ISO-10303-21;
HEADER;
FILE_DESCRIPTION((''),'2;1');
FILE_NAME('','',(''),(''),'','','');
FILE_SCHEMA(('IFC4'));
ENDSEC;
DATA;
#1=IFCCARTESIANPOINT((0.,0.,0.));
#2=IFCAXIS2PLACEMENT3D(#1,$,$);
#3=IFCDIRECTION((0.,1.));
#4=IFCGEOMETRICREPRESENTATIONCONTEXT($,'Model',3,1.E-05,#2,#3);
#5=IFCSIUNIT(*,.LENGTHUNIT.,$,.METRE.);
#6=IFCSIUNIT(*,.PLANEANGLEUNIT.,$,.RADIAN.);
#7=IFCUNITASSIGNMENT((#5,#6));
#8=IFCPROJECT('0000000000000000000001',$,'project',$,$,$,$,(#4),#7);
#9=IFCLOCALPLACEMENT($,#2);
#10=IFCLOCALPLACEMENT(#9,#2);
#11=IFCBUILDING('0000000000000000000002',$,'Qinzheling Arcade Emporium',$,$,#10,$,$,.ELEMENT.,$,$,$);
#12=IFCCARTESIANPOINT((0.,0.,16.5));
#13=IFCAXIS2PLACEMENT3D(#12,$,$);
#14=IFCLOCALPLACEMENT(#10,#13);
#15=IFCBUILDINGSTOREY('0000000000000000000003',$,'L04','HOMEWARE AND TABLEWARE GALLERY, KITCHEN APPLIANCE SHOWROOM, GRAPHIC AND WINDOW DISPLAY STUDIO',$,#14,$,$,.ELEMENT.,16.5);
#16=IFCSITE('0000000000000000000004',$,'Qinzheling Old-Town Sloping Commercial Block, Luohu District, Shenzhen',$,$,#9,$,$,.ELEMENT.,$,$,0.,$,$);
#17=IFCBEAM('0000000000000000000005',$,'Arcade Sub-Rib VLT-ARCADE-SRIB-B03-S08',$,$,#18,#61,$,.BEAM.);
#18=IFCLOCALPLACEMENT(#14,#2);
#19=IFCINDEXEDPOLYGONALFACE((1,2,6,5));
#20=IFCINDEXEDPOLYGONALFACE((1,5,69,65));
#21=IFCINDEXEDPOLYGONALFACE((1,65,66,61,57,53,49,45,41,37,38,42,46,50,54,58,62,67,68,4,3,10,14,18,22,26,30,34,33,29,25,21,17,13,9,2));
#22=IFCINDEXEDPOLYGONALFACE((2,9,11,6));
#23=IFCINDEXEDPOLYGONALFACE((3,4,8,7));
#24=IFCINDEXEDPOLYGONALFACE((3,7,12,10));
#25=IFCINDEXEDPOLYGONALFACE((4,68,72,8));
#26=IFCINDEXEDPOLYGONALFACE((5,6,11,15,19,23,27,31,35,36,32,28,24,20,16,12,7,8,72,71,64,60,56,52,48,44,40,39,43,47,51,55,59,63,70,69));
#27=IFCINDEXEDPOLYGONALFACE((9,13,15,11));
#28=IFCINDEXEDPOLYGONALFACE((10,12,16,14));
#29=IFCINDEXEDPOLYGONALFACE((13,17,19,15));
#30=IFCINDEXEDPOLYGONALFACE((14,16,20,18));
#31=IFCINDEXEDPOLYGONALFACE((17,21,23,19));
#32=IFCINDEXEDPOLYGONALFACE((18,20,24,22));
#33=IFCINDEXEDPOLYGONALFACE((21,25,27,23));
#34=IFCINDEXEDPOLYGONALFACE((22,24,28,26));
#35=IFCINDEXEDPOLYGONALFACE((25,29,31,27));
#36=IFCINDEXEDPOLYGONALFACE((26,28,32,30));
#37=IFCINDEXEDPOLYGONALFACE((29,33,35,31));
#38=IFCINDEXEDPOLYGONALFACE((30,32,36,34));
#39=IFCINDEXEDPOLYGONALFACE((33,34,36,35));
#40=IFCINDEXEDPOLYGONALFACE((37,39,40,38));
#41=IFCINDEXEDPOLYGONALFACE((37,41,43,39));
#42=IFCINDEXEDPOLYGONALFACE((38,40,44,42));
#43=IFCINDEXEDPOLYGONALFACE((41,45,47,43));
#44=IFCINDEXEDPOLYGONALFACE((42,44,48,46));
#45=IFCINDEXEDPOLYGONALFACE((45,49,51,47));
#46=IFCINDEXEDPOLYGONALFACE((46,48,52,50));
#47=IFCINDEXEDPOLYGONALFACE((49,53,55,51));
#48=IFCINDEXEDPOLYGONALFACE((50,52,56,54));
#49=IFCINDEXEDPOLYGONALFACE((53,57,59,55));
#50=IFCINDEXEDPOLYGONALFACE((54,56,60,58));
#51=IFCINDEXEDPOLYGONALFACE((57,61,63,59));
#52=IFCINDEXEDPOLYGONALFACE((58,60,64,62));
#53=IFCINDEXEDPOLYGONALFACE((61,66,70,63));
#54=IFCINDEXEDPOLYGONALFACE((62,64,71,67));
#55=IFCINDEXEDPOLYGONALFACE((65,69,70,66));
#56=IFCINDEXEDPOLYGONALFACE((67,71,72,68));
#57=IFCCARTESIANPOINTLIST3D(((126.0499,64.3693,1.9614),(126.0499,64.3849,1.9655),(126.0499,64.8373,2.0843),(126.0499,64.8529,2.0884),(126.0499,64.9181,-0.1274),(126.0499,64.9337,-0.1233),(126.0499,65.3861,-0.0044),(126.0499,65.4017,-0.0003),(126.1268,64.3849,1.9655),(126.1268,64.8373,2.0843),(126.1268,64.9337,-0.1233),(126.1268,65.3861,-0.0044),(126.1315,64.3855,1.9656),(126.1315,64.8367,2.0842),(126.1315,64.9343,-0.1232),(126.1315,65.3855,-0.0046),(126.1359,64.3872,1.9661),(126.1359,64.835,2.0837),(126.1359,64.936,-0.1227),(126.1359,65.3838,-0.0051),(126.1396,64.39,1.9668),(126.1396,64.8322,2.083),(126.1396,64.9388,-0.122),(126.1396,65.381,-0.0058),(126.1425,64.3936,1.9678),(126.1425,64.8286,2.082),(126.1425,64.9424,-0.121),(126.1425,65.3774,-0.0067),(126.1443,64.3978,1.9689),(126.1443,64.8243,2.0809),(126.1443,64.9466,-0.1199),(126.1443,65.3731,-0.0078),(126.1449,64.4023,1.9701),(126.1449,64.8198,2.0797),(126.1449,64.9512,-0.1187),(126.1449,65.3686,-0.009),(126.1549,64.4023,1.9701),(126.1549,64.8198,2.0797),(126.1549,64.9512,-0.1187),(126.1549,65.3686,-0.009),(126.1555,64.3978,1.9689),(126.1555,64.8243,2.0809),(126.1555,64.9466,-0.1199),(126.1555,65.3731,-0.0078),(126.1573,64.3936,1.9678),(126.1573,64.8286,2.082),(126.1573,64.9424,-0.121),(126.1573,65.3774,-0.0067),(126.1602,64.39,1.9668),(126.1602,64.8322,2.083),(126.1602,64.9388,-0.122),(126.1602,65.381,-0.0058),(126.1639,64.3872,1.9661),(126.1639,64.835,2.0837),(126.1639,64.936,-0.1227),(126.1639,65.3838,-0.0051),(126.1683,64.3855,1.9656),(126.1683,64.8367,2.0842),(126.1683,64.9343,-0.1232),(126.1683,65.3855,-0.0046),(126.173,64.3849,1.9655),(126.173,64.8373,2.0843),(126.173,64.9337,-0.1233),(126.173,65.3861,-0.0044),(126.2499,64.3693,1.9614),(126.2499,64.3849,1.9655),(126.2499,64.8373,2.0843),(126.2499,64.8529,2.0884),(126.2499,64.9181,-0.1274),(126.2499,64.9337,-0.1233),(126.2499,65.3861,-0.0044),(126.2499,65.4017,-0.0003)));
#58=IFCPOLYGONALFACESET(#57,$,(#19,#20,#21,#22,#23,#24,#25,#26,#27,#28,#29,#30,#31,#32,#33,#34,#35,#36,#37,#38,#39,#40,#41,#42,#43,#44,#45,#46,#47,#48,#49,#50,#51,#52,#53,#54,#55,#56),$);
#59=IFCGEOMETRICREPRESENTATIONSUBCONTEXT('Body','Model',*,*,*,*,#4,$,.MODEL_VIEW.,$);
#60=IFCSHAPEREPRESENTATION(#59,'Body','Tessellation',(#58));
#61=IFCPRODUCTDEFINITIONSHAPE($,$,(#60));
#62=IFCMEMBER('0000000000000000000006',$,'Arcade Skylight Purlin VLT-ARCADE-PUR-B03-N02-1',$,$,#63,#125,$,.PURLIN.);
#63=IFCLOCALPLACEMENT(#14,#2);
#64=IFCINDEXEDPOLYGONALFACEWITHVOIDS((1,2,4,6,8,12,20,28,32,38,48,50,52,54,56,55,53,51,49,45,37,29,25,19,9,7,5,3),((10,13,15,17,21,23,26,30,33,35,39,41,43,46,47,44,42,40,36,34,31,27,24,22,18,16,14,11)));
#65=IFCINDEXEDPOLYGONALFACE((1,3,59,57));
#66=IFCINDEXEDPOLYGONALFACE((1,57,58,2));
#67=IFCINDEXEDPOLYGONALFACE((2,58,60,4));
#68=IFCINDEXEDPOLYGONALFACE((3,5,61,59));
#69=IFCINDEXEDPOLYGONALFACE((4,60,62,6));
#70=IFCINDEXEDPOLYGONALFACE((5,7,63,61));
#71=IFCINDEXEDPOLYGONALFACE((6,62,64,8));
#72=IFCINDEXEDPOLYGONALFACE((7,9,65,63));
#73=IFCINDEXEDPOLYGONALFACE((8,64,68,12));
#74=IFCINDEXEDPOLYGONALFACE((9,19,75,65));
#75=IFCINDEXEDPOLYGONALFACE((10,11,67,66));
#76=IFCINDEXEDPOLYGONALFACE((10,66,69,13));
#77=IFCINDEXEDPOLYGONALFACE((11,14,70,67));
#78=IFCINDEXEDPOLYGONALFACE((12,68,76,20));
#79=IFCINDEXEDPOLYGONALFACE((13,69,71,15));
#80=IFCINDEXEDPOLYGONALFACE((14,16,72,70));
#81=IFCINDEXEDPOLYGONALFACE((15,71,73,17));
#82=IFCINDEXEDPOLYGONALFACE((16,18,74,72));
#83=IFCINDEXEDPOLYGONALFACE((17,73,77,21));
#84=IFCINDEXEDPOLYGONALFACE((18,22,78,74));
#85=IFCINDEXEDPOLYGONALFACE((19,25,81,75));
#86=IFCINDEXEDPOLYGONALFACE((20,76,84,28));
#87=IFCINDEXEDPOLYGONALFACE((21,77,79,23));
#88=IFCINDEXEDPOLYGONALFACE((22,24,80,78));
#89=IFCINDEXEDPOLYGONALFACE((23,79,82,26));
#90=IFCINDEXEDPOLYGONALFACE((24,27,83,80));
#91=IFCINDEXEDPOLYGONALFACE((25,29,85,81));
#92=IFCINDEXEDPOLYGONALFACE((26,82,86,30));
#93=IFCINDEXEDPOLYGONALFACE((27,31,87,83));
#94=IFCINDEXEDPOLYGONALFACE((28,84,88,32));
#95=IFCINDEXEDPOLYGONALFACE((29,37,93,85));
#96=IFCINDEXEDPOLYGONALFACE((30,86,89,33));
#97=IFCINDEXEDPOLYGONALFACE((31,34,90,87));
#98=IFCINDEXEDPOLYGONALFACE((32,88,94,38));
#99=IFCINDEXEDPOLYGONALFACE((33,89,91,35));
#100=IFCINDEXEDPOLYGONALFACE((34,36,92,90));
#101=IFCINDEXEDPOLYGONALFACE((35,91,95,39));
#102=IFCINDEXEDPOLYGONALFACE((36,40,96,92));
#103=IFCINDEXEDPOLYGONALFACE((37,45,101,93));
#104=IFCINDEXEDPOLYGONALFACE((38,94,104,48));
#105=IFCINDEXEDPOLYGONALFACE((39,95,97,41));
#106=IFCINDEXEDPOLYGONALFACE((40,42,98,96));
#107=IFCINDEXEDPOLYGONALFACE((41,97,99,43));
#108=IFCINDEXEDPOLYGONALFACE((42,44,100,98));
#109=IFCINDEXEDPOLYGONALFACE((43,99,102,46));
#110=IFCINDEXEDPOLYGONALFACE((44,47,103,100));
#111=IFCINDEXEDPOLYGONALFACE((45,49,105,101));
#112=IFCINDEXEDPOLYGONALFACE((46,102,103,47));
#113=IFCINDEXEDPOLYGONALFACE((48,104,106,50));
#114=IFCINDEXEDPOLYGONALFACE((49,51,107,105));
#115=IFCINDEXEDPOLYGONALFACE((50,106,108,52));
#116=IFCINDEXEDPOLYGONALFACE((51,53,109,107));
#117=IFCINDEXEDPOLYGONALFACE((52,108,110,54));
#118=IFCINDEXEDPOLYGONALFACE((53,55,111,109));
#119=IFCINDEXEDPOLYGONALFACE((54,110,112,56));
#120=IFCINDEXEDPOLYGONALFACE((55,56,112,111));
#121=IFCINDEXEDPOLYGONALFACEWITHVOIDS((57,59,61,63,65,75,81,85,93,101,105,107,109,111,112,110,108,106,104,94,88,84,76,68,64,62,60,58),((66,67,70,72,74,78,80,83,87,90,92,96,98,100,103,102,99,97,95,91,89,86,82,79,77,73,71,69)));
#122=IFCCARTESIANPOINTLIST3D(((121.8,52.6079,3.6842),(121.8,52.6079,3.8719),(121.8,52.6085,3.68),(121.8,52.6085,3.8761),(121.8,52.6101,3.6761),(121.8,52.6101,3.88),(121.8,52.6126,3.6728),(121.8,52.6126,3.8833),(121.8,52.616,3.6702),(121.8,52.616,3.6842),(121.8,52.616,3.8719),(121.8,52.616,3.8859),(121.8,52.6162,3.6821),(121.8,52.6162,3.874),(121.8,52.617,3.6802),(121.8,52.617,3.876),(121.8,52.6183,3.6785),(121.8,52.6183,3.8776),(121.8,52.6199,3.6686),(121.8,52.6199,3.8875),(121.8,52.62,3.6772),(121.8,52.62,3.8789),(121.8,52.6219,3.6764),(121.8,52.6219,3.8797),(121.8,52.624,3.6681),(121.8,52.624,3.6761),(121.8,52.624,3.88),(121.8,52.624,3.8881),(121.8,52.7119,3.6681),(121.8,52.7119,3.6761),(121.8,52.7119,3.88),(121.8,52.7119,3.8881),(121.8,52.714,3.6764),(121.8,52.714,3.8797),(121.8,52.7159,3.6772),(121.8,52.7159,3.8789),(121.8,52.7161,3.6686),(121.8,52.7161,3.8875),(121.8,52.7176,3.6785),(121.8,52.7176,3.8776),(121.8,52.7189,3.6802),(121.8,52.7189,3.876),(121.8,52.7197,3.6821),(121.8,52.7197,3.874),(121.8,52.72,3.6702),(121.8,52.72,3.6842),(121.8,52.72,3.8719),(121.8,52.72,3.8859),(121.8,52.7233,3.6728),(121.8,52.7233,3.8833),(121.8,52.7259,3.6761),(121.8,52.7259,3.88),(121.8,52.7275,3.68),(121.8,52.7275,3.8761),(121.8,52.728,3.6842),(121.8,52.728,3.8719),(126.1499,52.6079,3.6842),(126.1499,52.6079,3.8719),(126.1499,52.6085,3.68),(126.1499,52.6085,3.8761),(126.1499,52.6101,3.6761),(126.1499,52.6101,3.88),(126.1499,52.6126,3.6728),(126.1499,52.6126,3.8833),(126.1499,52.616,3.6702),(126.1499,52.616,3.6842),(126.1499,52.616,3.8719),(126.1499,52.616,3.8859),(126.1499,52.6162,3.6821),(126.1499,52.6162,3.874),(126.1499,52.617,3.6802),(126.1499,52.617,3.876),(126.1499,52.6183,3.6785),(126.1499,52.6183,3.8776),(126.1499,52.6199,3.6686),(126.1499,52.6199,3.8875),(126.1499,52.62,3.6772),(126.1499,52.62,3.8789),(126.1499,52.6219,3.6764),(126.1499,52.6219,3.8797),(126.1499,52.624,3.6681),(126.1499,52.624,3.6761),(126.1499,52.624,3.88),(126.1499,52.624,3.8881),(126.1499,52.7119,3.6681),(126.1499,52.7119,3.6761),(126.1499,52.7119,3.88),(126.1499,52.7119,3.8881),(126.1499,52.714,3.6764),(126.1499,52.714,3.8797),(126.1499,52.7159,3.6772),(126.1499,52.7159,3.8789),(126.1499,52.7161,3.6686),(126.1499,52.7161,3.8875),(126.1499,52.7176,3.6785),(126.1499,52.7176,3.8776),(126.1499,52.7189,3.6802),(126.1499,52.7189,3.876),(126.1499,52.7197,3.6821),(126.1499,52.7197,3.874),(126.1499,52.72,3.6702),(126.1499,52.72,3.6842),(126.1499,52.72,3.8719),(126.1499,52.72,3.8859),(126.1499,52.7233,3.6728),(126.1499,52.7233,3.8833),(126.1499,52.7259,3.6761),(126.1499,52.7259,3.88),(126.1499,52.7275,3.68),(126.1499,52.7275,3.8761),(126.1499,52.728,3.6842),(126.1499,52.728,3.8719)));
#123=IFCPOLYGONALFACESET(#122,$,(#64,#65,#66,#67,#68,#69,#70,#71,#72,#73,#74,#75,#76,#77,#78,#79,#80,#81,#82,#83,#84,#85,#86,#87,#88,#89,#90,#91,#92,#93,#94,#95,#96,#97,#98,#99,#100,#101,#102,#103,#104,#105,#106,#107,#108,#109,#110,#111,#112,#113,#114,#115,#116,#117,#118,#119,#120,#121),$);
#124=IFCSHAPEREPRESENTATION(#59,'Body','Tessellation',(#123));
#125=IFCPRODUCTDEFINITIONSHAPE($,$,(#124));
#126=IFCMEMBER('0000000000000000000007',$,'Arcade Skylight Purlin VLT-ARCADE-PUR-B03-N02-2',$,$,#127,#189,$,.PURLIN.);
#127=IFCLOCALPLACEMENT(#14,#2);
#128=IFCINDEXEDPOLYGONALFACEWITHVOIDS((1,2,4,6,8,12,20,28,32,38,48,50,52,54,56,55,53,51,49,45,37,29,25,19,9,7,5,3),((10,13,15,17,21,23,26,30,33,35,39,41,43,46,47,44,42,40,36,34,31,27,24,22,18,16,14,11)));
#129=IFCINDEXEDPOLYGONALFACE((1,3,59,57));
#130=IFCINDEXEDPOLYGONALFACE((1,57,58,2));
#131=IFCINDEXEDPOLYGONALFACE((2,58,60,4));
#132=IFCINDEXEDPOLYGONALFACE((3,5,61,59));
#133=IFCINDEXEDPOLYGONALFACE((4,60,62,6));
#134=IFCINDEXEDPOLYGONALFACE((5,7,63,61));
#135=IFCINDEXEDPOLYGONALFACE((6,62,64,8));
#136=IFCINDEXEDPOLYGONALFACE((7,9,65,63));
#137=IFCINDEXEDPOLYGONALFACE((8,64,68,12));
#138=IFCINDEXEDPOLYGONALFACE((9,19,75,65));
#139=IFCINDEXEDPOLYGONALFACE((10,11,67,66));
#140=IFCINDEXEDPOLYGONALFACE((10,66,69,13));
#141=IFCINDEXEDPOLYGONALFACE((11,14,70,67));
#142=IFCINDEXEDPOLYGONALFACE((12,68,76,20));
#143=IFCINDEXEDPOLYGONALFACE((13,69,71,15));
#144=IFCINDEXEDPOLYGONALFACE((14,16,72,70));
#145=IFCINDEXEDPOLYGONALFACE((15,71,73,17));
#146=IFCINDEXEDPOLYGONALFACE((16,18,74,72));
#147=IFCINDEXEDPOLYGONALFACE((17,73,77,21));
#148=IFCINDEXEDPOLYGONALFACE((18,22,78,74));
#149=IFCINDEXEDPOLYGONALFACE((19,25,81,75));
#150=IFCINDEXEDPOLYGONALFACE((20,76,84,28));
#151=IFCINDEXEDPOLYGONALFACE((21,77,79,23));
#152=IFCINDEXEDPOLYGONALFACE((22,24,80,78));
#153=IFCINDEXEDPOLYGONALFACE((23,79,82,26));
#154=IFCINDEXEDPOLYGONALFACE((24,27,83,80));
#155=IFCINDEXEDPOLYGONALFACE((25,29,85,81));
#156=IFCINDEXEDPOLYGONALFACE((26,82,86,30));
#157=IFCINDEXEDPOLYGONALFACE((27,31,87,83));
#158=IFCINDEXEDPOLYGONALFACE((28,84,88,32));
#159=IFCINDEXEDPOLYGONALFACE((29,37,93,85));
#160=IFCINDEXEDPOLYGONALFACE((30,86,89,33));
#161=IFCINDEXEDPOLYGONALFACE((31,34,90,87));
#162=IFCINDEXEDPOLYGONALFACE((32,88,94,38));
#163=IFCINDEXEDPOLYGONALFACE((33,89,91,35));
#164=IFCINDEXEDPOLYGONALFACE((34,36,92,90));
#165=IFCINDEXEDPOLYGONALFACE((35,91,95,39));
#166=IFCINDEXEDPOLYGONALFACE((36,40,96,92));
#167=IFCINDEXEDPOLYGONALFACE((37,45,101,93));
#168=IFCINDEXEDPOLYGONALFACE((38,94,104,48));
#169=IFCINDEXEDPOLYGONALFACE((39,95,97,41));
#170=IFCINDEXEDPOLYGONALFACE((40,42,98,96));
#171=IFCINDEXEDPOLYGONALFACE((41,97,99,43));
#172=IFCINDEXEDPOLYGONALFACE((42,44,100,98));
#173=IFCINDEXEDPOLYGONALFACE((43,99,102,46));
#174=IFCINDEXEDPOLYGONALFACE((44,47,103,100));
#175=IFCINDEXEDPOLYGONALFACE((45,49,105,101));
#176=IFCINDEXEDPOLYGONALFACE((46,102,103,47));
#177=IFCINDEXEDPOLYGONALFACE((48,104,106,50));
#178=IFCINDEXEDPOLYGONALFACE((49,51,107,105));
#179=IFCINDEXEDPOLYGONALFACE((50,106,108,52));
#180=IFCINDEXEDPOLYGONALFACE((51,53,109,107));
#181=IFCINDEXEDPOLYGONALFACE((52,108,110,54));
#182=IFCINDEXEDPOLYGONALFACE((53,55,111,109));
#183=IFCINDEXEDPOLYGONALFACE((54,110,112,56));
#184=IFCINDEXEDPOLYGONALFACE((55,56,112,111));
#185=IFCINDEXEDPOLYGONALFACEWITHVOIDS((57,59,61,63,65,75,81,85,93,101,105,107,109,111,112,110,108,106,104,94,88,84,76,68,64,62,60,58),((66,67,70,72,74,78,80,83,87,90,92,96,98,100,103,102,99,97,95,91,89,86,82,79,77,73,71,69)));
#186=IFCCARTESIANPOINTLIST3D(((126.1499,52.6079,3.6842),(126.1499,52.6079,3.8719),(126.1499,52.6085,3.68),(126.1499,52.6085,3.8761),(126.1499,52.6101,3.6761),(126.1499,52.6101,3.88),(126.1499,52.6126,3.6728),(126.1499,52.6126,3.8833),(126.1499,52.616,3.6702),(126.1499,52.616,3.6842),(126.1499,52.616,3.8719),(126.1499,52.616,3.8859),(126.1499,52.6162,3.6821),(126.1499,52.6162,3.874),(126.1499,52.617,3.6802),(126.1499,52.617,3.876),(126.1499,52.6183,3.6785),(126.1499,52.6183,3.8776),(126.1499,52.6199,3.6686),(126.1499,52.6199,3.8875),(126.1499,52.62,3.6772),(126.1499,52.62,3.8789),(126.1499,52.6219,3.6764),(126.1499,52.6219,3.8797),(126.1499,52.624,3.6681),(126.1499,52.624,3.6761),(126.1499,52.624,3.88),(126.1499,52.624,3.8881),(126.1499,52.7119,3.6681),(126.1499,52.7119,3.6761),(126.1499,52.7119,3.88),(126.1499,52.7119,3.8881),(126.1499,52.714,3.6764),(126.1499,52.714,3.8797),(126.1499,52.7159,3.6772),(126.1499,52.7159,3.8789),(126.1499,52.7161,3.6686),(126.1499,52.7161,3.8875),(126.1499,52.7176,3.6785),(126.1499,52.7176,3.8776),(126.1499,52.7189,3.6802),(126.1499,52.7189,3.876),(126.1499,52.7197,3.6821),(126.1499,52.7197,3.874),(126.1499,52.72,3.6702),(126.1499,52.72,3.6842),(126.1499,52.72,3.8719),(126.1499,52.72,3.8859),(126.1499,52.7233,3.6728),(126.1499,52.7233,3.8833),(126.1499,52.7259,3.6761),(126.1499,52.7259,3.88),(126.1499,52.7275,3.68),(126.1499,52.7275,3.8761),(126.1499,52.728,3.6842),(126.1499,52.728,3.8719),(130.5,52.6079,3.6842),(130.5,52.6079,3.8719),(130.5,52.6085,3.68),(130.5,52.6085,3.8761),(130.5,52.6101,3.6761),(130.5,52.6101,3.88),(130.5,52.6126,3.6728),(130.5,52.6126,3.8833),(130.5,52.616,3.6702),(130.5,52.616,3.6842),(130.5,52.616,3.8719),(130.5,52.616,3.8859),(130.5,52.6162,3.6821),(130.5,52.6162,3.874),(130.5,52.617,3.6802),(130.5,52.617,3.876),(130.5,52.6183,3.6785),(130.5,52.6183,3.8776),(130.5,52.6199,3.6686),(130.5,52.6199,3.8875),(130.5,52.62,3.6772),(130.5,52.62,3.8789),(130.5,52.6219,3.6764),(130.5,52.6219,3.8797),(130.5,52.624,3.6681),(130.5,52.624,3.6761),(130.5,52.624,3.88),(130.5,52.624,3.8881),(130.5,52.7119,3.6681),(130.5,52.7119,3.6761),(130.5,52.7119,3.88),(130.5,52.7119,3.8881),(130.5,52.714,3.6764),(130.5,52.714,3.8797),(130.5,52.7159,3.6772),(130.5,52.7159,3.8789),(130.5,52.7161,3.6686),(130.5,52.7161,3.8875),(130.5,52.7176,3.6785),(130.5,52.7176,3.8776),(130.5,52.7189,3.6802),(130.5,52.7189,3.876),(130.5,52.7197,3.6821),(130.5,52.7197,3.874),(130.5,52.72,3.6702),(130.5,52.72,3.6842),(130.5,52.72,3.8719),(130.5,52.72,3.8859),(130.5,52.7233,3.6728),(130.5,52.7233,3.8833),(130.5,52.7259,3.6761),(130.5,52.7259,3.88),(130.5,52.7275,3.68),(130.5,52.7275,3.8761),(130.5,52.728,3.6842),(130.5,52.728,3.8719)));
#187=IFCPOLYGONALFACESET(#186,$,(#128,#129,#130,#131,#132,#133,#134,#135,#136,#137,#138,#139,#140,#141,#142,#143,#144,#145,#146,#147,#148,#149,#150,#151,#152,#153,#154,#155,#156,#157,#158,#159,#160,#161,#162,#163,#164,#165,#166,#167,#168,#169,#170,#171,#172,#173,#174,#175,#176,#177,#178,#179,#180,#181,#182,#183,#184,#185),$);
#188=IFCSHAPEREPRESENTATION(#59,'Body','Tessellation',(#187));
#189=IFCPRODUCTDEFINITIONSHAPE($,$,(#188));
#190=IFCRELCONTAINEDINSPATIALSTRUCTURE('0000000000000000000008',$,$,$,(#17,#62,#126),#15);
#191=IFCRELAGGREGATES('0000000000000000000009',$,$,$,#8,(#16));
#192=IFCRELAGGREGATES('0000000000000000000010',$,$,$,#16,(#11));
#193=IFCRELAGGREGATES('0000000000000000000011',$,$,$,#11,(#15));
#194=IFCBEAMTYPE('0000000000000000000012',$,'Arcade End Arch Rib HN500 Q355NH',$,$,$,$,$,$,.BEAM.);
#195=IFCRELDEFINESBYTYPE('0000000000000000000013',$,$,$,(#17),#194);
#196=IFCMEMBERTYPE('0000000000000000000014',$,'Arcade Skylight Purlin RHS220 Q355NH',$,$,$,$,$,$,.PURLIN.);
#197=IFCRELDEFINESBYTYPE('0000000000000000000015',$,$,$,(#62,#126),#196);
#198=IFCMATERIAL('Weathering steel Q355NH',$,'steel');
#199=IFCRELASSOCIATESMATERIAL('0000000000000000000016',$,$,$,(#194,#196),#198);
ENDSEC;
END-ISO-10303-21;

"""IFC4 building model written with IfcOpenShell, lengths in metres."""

from ifc_helpers import new_model, si_unit, direction, frame, origin, origin_2d, place, context, subcontext, project, spatial, hollow_rectangle, i_section, extrude, material, material_profile, profile_set, type_object, element, save


model = new_model("IFC4")

# Units and contexts
model_context = context("Model", 3, precision=1e-05, world=origin(), true_north=direction((0.0, 1.0)))
body_context = subcontext(model_context, "Body", "Model", "MODEL_VIEW")
ifc_project = project(units=[si_unit("LENGTHUNIT", "METRE"), si_unit("PLANEANGLEUNIT", "RADIAN")], contexts=[model_context])

# Site, building, storey
site_placement = place(None, origin())
site = spatial("IfcSite", under=ifc_project, at=site_placement, Name="Qinzheling Old-Town Sloping Commercial Block, Luohu District, Shenzhen", CompositionType="ELEMENT", RefElevation=0.0)
building_placement = place(site_placement, origin())
building = spatial("IfcBuilding", under=site, at=building_placement, Name="Qinzheling Arcade Emporium", CompositionType="ELEMENT")
storey_placement = place(building_placement, frame((0.0, 0.0, 16.5)))
storey = spatial("IfcBuildingStorey", under=building, at=storey_placement, Name="L04", Description="HOMEWARE AND TABLEWARE GALLERY, KITCHEN APPLIANCE SHOWROOM, GRAPHIC AND WINDOW DISPLAY STUDIO", CompositionType="ELEMENT", Elevation=16.5)

# Beam
ifc_material_1 = material(Name="Weathering steel Q355NH", Category="steel")
ifc_material_profile_1 = material_profile(ifc_material_1, i_section(OverallWidth=0.2, OverallDepth=0.5, WebThickness=0.01, FlangeThickness=0.0161, FilletRadius=0.0181, at=origin_2d()), Name="HN 500x200x10x16", Category="steel")
ifc_profile_set_1 = profile_set([ifc_material_profile_1], Name="Weathering steel Q355NH")
beam_type_1 = type_object("IfcBeamType", Name="Arcade End Arch Rib HN500 Q355NH", PredefinedType="BEAM", material=ifc_profile_set_1)
beam_1_placement = place(storey_placement, frame((126.1499, 64.6111, 2.0249), z_axis=(0.0, 0.254115, -0.967174), x_axis=(-1.0, 0.0, 0.0)))
element("IfcBeam", 1, at=beam_1_placement, inside=storey, type_object=beam_type_1, Name="Arcade Sub-Rib VLT-ARCADE-SRIB-B03-S08", PredefinedType="BEAM", context=body_context, shape_type="SweptSolid", body=[
    extrude(i_section(OverallWidth=0.2, OverallDepth=0.5, WebThickness=0.01, FlangeThickness=0.0161, FilletRadius=0.0181, at=origin_2d()), origin(), (0.0, 0.0, 1.0), 2.1597),
])

# Members
ifc_material_profile_2 = material_profile(ifc_material_1, hollow_rectangle(XDim=0.1201, YDim=0.22, WallThickness=0.0081, InnerFilletRadius=0.0081, OuterFilletRadius=0.0161, at=origin_2d()), Name="RHS 220x120x8", Category="steel")
ifc_profile_set_2 = profile_set([ifc_material_profile_2], Name="Weathering steel Q355NH")
member_type = type_object("IfcMemberType", Name="Arcade Skylight Purlin RHS220 Q355NH", PredefinedType="PURLIN", material=ifc_profile_set_2)
member_1_placement = place(storey_placement, frame((121.8, 52.668, 3.7781), z_axis=(1.0, 0.0, 0.0), x_axis=(0.0, 1.0, 0.0)))
element("IfcMember", 2, at=member_1_placement, inside=storey, type_object=member_type, Name="Arcade Skylight Purlin VLT-ARCADE-PUR-B03-N02-1", PredefinedType="PURLIN", context=body_context, shape_type="SweptSolid", body=[
    extrude(hollow_rectangle(XDim=0.1201, YDim=0.22, WallThickness=0.0081, InnerFilletRadius=0.0081, OuterFilletRadius=0.0161, at=origin_2d()), origin(), (0.0, 0.0, 1.0), 4.3499),
])
member_2_placement = place(storey_placement, frame((126.1499, 52.668, 3.7781), z_axis=(1.0, 0.0, 0.0), x_axis=(0.0, 1.0, 0.0)))
element("IfcMember", 3, at=member_2_placement, inside=storey, type_object=member_type, Name="Arcade Skylight Purlin VLT-ARCADE-PUR-B03-N02-2", PredefinedType="PURLIN", context=body_context, shape_type="SweptSolid", body=[
    extrude(hollow_rectangle(XDim=0.1201, YDim=0.22, WallThickness=0.0081, InnerFilletRadius=0.0081, OuterFilletRadius=0.0161, at=origin_2d()), origin(), (0.0, 0.0, 1.0), 4.3501),
])

save(model, "model.ifc")
